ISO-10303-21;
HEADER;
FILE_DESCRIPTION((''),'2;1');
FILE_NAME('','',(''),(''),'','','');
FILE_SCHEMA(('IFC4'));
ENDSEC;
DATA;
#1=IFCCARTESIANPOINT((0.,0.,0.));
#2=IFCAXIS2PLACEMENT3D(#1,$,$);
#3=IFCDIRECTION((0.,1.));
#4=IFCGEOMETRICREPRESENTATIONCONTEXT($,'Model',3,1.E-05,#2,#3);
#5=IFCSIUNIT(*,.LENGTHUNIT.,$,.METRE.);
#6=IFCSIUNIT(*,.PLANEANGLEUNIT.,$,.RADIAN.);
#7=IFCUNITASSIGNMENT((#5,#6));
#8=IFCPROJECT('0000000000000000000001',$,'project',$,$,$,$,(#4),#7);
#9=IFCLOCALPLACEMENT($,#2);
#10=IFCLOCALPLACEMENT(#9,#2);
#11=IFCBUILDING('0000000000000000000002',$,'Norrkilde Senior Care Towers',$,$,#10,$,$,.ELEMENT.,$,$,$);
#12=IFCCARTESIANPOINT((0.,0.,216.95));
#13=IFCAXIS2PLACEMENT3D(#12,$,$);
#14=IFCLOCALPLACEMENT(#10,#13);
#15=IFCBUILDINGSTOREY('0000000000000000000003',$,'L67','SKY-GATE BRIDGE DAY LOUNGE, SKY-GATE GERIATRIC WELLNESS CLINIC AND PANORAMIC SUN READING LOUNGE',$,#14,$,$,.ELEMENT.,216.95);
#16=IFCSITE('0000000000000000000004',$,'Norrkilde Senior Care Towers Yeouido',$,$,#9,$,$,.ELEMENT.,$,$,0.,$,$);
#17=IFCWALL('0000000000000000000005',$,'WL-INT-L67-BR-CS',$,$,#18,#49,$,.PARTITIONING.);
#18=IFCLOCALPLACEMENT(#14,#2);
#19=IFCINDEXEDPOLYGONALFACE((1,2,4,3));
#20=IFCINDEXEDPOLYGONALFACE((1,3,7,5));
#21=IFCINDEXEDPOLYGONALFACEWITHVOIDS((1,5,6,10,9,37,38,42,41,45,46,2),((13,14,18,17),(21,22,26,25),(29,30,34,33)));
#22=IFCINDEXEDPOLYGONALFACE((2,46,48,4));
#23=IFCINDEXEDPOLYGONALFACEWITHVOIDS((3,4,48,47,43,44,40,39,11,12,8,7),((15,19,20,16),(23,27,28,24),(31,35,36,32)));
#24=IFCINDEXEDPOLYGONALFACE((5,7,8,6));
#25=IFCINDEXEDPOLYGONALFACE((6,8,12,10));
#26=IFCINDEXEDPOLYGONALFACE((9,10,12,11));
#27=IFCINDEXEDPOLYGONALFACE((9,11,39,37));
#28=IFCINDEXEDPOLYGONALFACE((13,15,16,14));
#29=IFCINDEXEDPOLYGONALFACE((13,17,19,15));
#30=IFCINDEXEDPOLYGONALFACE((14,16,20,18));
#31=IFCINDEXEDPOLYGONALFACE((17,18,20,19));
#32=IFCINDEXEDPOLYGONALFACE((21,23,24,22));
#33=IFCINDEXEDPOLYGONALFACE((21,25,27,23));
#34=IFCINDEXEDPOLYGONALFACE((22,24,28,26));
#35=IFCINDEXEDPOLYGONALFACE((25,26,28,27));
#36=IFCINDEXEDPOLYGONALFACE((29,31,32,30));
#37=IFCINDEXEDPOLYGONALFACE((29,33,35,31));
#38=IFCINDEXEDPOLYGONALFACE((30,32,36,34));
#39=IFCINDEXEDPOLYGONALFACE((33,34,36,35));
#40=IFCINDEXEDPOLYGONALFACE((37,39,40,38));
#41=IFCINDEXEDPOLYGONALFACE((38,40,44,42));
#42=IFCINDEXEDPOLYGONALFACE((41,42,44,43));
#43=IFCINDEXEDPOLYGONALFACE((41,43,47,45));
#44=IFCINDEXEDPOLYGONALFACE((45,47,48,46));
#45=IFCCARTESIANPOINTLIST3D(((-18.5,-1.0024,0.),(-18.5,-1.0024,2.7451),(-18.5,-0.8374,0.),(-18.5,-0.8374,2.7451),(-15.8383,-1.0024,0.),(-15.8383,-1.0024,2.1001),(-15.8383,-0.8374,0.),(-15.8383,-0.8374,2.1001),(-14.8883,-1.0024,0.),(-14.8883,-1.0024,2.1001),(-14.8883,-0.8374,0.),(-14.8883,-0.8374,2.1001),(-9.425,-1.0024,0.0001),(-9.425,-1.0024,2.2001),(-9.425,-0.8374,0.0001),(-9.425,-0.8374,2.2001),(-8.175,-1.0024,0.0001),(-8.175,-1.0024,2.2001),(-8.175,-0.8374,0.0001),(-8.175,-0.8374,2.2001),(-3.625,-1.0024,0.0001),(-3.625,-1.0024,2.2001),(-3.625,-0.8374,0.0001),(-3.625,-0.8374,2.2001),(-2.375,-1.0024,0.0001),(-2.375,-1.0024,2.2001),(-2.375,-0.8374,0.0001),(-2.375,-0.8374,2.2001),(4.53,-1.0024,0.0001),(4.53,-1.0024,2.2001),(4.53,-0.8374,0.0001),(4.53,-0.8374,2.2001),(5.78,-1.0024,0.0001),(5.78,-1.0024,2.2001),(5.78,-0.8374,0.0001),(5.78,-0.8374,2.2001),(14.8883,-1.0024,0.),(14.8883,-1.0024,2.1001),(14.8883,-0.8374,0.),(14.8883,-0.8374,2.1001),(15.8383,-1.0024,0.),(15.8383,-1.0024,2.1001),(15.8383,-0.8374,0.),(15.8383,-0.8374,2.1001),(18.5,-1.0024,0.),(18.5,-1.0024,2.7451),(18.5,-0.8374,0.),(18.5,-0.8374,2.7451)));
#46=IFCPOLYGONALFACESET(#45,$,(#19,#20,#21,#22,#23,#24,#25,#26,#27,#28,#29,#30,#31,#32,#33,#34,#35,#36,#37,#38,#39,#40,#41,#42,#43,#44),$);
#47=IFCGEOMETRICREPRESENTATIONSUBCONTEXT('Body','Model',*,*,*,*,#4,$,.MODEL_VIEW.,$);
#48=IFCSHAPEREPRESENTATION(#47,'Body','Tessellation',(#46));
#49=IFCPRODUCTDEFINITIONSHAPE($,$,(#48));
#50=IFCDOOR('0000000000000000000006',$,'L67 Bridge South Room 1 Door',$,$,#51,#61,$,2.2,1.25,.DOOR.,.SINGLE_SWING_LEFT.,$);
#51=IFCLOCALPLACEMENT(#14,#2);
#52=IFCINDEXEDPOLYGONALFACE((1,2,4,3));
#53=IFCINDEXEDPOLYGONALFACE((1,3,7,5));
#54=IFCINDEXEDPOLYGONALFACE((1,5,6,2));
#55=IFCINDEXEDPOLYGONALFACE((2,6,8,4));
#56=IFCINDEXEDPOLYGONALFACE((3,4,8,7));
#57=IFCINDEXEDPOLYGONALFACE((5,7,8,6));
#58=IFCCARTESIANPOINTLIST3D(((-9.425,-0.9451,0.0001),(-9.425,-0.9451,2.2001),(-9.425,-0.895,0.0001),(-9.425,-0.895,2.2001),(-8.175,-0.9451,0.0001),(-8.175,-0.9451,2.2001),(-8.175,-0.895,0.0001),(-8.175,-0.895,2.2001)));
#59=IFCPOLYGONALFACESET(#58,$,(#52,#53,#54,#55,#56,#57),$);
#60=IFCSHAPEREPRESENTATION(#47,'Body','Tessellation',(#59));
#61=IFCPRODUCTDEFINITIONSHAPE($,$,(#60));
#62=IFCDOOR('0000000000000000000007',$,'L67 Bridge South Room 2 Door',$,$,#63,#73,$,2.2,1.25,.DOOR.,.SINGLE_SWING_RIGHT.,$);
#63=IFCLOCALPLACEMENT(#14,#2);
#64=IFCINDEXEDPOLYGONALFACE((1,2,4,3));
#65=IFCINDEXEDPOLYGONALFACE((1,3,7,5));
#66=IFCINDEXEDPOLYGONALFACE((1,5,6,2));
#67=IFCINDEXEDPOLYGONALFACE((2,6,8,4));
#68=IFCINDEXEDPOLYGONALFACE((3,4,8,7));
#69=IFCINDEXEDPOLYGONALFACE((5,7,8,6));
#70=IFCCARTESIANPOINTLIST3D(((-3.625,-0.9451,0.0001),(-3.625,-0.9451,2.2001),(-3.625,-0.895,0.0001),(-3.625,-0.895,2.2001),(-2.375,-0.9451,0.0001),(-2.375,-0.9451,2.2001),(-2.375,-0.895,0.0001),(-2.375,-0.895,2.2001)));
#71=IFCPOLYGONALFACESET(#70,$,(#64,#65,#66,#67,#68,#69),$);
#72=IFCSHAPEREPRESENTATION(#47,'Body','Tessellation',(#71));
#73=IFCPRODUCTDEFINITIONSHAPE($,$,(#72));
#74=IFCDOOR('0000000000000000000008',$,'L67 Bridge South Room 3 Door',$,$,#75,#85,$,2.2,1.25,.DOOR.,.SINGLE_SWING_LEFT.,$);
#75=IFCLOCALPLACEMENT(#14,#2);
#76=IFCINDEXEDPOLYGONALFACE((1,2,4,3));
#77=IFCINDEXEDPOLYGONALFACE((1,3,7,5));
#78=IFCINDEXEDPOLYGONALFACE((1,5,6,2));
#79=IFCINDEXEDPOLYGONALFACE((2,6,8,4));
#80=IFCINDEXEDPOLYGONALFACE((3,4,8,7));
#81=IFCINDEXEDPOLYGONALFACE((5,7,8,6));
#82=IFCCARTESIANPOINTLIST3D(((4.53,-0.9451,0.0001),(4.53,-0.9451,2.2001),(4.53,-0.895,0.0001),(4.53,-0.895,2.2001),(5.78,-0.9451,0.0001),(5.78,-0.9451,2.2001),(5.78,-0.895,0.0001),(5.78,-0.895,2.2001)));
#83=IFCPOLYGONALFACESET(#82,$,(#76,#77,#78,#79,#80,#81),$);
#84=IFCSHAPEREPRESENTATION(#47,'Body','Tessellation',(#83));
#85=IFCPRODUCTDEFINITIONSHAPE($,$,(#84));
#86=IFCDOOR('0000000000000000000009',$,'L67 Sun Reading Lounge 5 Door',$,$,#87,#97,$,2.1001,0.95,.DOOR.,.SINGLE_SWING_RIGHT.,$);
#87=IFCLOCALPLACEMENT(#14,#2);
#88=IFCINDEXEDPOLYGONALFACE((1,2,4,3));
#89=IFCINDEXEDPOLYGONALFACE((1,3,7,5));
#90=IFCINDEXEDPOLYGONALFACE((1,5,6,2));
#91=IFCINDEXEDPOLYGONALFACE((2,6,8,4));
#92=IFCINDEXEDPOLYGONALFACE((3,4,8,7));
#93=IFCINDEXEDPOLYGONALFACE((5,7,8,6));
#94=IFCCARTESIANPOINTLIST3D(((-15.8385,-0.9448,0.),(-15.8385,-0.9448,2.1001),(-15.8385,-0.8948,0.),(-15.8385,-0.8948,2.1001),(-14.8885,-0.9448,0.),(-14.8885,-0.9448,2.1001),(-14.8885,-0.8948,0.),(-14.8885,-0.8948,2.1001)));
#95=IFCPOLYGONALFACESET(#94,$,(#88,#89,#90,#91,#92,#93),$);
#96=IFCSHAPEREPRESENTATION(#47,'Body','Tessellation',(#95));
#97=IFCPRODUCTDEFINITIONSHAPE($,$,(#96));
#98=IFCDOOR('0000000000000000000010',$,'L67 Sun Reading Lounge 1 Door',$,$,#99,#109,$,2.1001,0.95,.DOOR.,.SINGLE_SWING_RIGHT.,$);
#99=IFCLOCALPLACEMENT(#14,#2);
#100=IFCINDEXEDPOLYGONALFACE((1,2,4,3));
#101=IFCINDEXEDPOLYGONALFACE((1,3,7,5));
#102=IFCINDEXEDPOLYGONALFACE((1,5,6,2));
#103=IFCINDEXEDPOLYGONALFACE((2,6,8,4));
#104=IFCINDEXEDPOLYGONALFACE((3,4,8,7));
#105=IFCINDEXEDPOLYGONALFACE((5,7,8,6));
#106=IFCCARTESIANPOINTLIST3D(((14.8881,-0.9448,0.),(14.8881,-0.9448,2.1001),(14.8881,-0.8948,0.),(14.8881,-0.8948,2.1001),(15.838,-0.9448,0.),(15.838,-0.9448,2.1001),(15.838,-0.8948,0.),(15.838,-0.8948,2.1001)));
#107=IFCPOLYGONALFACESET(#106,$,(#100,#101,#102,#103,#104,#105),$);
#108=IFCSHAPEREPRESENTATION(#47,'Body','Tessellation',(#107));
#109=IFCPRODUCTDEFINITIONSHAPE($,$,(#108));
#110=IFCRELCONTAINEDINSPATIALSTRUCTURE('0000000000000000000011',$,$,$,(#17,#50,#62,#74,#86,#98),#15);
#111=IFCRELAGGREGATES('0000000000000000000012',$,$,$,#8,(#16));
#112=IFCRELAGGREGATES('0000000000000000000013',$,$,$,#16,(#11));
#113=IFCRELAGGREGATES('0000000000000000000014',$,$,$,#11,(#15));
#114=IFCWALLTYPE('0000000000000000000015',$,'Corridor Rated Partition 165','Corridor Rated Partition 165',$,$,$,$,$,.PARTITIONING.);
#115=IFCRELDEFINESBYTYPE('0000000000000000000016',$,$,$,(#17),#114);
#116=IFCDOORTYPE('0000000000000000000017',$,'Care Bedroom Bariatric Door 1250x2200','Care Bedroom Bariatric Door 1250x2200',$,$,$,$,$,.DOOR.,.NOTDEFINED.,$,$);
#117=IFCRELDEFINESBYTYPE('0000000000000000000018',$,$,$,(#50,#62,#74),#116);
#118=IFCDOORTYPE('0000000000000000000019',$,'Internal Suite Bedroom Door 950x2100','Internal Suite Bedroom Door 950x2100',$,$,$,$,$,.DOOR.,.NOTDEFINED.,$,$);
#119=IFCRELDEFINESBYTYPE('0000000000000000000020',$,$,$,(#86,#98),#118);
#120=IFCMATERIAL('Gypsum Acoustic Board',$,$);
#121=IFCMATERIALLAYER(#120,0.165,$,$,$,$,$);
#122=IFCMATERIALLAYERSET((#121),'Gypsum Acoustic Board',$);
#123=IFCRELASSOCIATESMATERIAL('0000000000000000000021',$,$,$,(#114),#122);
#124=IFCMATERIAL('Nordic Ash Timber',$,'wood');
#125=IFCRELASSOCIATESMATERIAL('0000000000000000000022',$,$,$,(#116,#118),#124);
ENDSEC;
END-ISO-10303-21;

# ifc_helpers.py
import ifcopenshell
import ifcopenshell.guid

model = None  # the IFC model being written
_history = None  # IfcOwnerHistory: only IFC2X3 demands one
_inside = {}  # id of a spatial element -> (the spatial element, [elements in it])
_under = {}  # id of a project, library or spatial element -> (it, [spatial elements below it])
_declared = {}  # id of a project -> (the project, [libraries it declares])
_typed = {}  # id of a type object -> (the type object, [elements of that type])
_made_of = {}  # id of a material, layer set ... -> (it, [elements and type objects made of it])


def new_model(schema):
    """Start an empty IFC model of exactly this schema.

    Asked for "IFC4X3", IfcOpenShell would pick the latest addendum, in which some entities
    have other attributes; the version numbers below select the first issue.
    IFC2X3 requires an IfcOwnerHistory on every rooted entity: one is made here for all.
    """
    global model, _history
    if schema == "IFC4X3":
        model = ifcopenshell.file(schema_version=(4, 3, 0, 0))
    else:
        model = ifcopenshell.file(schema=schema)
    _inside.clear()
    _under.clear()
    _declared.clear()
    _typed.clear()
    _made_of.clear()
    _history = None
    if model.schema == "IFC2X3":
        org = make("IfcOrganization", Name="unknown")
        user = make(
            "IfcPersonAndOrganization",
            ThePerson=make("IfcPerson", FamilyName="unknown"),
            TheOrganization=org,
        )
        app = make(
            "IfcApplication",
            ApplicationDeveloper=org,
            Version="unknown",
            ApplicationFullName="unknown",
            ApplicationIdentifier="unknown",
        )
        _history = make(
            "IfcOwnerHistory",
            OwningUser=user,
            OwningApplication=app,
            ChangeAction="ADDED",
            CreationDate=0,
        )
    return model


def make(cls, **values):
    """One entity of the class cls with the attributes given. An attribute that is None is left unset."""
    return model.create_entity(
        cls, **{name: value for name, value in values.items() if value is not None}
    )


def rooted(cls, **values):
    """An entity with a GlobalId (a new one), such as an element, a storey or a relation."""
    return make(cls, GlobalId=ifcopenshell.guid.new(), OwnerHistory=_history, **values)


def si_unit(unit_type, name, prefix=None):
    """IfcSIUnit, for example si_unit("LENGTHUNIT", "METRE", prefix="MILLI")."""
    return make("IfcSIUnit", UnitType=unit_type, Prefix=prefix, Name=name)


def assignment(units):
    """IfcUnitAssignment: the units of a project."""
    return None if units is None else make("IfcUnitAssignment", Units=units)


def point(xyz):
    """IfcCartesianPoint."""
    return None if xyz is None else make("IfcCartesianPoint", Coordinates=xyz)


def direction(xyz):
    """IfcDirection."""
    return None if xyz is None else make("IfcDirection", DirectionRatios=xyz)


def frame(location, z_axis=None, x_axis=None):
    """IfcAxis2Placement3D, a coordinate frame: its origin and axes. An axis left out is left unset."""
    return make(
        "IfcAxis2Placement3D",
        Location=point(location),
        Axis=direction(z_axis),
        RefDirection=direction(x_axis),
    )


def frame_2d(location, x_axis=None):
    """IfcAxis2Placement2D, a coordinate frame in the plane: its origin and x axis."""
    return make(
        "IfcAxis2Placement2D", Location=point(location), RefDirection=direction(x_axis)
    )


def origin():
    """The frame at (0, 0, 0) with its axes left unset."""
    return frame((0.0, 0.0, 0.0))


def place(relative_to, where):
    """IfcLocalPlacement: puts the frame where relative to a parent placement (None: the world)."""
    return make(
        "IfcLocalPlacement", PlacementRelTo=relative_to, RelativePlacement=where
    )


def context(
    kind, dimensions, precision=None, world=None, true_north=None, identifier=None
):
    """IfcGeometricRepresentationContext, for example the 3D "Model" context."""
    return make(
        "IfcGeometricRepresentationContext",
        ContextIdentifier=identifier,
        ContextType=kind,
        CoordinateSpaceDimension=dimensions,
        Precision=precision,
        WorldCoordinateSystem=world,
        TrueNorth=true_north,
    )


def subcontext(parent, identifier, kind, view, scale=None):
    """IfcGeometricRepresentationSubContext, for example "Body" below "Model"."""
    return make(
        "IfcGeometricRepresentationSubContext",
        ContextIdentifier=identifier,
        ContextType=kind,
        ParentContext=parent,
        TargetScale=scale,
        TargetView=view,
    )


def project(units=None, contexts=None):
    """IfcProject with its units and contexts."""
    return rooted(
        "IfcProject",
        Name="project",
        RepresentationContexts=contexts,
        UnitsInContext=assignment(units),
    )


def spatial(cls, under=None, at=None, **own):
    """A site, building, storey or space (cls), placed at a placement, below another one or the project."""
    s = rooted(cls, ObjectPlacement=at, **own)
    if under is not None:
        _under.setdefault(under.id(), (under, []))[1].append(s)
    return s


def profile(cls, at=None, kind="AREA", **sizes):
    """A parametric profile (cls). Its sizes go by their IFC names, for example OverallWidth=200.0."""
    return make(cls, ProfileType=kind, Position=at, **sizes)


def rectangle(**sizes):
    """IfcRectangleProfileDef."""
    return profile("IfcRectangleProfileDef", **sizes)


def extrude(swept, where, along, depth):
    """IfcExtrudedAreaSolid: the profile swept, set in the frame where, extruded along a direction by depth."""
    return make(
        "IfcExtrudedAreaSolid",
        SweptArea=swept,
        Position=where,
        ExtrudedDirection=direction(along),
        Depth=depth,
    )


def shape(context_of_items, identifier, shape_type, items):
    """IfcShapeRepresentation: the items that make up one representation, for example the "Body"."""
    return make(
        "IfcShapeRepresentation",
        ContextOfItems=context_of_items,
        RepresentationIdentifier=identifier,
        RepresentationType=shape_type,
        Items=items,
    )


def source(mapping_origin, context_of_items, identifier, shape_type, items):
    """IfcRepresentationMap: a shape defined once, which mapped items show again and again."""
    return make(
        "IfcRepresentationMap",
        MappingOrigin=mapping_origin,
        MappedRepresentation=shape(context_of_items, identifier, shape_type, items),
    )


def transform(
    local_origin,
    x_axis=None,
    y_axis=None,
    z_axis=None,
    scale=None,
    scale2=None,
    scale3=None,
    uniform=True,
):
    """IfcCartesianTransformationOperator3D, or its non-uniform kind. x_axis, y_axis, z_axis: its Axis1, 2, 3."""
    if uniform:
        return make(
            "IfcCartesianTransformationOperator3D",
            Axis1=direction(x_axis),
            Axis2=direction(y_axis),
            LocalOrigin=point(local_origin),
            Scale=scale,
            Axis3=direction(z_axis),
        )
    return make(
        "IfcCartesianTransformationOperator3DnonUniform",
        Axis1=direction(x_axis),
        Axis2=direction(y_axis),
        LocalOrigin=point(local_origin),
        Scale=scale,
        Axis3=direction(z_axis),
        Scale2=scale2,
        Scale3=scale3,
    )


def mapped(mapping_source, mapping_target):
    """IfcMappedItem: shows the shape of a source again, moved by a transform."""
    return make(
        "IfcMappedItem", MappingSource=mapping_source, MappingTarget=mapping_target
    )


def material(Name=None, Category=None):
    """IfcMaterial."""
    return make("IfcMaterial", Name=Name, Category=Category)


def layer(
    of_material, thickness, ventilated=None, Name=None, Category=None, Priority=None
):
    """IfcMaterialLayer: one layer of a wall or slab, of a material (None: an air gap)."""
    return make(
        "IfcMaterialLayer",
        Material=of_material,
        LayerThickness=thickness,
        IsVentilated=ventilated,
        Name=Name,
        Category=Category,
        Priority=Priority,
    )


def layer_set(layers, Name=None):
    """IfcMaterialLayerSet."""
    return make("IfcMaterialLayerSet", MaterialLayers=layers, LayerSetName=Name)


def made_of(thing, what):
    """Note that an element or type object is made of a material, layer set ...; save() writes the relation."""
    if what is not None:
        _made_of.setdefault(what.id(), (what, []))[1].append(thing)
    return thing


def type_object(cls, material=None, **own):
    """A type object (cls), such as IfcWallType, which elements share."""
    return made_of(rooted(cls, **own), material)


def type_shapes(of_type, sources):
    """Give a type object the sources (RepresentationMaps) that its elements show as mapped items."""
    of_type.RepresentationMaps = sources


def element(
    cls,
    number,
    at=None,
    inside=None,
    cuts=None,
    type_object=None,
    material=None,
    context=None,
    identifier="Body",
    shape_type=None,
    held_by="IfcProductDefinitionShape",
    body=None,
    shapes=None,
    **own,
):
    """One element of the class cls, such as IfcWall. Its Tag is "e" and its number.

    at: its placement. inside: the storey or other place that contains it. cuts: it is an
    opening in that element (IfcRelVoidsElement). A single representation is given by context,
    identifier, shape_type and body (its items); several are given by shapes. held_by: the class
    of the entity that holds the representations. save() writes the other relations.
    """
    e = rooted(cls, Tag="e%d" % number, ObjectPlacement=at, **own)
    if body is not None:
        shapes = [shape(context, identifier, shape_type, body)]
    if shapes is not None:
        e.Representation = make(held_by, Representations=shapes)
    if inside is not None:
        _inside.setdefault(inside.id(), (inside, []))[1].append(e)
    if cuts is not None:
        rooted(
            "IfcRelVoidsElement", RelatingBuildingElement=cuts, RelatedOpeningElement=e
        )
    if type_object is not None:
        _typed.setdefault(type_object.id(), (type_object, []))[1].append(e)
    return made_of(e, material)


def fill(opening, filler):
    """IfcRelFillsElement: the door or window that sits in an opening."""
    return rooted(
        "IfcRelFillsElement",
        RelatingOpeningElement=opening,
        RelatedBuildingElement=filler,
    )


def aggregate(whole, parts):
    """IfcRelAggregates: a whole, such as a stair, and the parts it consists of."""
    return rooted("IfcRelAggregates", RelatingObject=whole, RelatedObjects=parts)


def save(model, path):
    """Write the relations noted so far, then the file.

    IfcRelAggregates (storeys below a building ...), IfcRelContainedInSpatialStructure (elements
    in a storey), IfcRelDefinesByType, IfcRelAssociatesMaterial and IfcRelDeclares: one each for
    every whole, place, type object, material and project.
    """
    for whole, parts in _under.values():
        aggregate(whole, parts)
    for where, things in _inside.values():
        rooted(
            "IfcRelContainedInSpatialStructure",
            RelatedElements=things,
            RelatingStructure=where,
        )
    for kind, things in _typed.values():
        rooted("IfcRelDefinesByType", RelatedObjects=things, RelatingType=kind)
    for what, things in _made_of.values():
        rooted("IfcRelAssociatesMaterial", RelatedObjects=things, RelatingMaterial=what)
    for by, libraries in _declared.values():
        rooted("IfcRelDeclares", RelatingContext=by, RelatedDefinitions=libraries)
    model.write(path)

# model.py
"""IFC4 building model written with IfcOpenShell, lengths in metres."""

from ifc_helpers import new_model, si_unit, direction, frame, frame_2d, origin, place, context, subcontext, project, spatial, rectangle, extrude, source, transform, mapped, material, layer, layer_set, type_object, type_shapes, element, fill, save


model = new_model("IFC4")

# Units and contexts
model_context = context("Model", 3, precision=1e-05, world=origin(), true_north=direction((0.0, 1.0)))
body_context = subcontext(model_context, "Body", "Model", "MODEL_VIEW")
ifc_project = project(units=[si_unit("LENGTHUNIT", "METRE"), si_unit("PLANEANGLEUNIT", "RADIAN")], contexts=[model_context])

# Site, building, storey
site_placement = place(None, origin())
site = spatial("IfcSite", under=ifc_project, at=site_placement, Name="Norrkilde Senior Care Towers Yeouido", CompositionType="ELEMENT", RefElevation=0.0)
building_placement = place(site_placement, origin())
building = spatial("IfcBuilding", under=site, at=building_placement, Name="Norrkilde Senior Care Towers", CompositionType="ELEMENT")
storey_placement = place(building_placement, frame((0.0, 0.0, 216.95)))
storey = spatial("IfcBuildingStorey", under=building, at=storey_placement, Name="L67", Description="SKY-GATE BRIDGE DAY LOUNGE, SKY-GATE GERIATRIC WELLNESS CLINIC AND PANORAMIC SUN READING LOUNGE", CompositionType="ELEMENT", Elevation=216.95)

# Shared definitions
ifc_material_1 = material(Name="Gypsum Acoustic Board")
ifc_layer_1 = layer(ifc_material_1, 0.165)
ifc_layer_set_1 = layer_set([ifc_layer_1], Name="Gypsum Acoustic Board")
wall_type_1 = type_object("IfcWallType", Name="Corridor Rated Partition 165", Description="Corridor Rated Partition 165", PredefinedType="PARTITIONING", material=ifc_layer_set_1)

# Shared definitions
ifc_material_2 = material(Name="Nordic Ash Timber", Category="wood")
door_type_1 = type_object("IfcDoorType", Name="Care Bedroom Bariatric Door 1250x2200", Description="Care Bedroom Bariatric Door 1250x2200", OperationType="NOTDEFINED", PredefinedType="DOOR", material=ifc_material_2)
shared_shape_1 = source(origin(), body_context, "Body", "SweptSolid", [
    extrude(rectangle(XDim=1.25, YDim=2.2, at=frame_2d((0.625, 1.1001))), frame((0.0, 0.0249, 0.0), z_axis=(0.0, -1.0, 0.0), x_axis=(1.0, 0.0, 0.0)), (0.0, 0.0, 1.0), 0.05),
])
type_shapes(door_type_1, [shared_shape_1])

# Wall, openings, doors
shared_shape_2 = source(origin(), body_context, "Body", "SweptSolid", [
    extrude(rectangle(XDim=37.0, YDim=0.165, at=frame_2d((18.5, 0.0))), origin(), (0.0, 0.0, 1.0), 2.7451),
])
wall_1_placement = place(storey_placement, frame((-18.5, -0.9199, 0.0), z_axis=(0.0, 0.0, 1.0), x_axis=(1.0, 0.0, 0.0)))
wall_1 = element("IfcWall", 1, at=wall_1_placement, inside=storey, type_object=wall_type_1, Name="WL-INT-L67-BR-CS", PredefinedType="PARTITIONING", context=body_context, shape_type="MappedRepresentation", body=[
    mapped(shared_shape_2, transform((0.0, 0.0, 0.0), x_axis=(1.0, 0.0, 0.0), y_axis=(0.0, 1.0, 0.0), z_axis=(0.0, 0.0, 1.0), scale=1.0)),
])
opening_1_placement = place(wall_1_placement, frame((2.6616, 0.0, 0.0)))
opening_1 = element("IfcOpeningElement", 2, at=opening_1_placement, cuts=wall_1, PredefinedType="OPENING", context=body_context, shape_type="SweptSolid", body=[
    extrude(rectangle(XDim=0.95, YDim=2.1001, at=frame_2d((0.4751, 1.05))), frame((0.0, 0.0925, 0.0), z_axis=(0.0, -1.0, 0.0), x_axis=(1.0, 0.0, 0.0)), (0.0, 0.0, 1.0), 0.1851),
])
opening_2_placement = place(wall_1_placement, frame((33.3882, 0.0, 0.0)))
opening_2 = element("IfcOpeningElement", 3, at=opening_2_placement, cuts=wall_1, PredefinedType="OPENING", context=body_context, shape_type="SweptSolid", body=[
    extrude(rectangle(XDim=0.95, YDim=2.1001, at=frame_2d((0.4751, 1.05))), frame((0.0, 0.0925, 0.0), z_axis=(0.0, -1.0, 0.0), x_axis=(1.0, 0.0, 0.0)), (0.0, 0.0, 1.0), 0.1851),
])
opening_3_placement = place(wall_1_placement, frame((9.075, 0.0, 0.0)))
opening_3 = element("IfcOpeningElement", 4, at=opening_3_placement, cuts=wall_1, PredefinedType="OPENING", context=body_context, shape_type="SweptSolid", body=[
    extrude(rectangle(XDim=1.25, YDim=2.2, at=frame_2d((0.625, 1.1001))), frame((0.0, 0.0925, 0.0), z_axis=(0.0, -1.0, 0.0), x_axis=(1.0, 0.0, 0.0)), (0.0, 0.0, 1.0), 0.1851),
])
opening_4_placement = place(wall_1_placement, frame((14.875, 0.0, 0.0)))
opening_4 = element("IfcOpeningElement", 5, at=opening_4_placement, cuts=wall_1, PredefinedType="OPENING", context=body_context, shape_type="SweptSolid", body=[
    extrude(rectangle(XDim=1.25, YDim=2.2, at=frame_2d((0.625, 1.1001))), frame((0.0, 0.0925, 0.0), z_axis=(0.0, -1.0, 0.0), x_axis=(1.0, 0.0, 0.0)), (0.0, 0.0, 1.0), 0.1851),
])
opening_5_placement = place(wall_1_placement, frame((23.03, 0.0, 0.0)))
opening_5 = element("IfcOpeningElement", 6, at=opening_5_placement, cuts=wall_1, PredefinedType="OPENING", context=body_context, shape_type="SweptSolid", body=[
    extrude(rectangle(XDim=1.25, YDim=2.2, at=frame_2d((0.625, 1.1001))), frame((0.0, 0.0925, 0.0), z_axis=(0.0, -1.0, 0.0), x_axis=(1.0, 0.0, 0.0)), (0.0, 0.0, 1.0), 0.1851),
])
door_1_placement = place(opening_3_placement, origin())
door_1 = element("IfcDoor", 7, at=door_1_placement, inside=storey, type_object=door_type_1, Name="L67 Bridge South Room 1 Door", OperationType="SINGLE_SWING_LEFT", OverallHeight=2.2, OverallWidth=1.25, PredefinedType="DOOR", context=body_context, shape_type="MappedRepresentation", body=[
    mapped(shared_shape_1, transform((0.0, 0.0, 0.0), x_axis=(1.0, 0.0, 0.0), y_axis=(0.0, 1.0, 0.0), z_axis=(0.0, 0.0, 1.0), scale=1.0)),
])
fill(opening_3, door_1)
door_2_placement = place(opening_4_placement, origin())
door_2 = element("IfcDoor", 8, at=door_2_placement, inside=storey, type_object=door_type_1, Name="L67 Bridge South Room 2 Door", OperationType="SINGLE_SWING_RIGHT", OverallHeight=2.2, OverallWidth=1.25, PredefinedType="DOOR", context=body_context, shape_type="MappedRepresentation", body=[
    mapped(shared_shape_1, transform((0.0, 0.0, 0.0), x_axis=(1.0, 0.0, 0.0), y_axis=(0.0, 1.0, 0.0), z_axis=(0.0, 0.0, 1.0), scale=1.0)),
])
fill(opening_4, door_2)
door_3_placement = place(opening_5_placement, origin())
door_3 = element("IfcDoor", 9, at=door_3_placement, inside=storey, type_object=door_type_1, Name="L67 Bridge South Room 3 Door", OperationType="SINGLE_SWING_LEFT", OverallHeight=2.2, OverallWidth=1.25, PredefinedType="DOOR", context=body_context, shape_type="MappedRepresentation", body=[
    mapped(shared_shape_1, transform((0.0, 0.0, 0.0), x_axis=(1.0, 0.0, 0.0), y_axis=(0.0, 1.0, 0.0), z_axis=(0.0, 0.0, 1.0), scale=1.0)),
])
fill(opening_5, door_3)
door_type_2 = type_object("IfcDoorType", Name="Internal Suite Bedroom Door 950x2100", Description="Internal Suite Bedroom Door 950x2100", OperationType="NOTDEFINED", PredefinedType="DOOR", material=ifc_material_2)
shared_shape_3 = source(origin(), body_context, "Body", "SweptSolid", [
    extrude(rectangle(XDim=0.95, YDim=2.1001, at=frame_2d((0.4751, 1.05))), frame((0.0, 0.0249, 0.0), z_axis=(0.0, -1.0, 0.0), x_axis=(1.0, 0.0, 0.0)), (0.0, 0.0, 1.0), 0.05),
])
type_shapes(door_type_2, [shared_shape_3])
door_4_placement = place(opening_1_placement, frame((0.95, 0.0, 0.0), z_axis=(0.0, 0.0, 1.0), x_axis=(-1.0, 0.0, 0.0)))
door_4 = element("IfcDoor", 10, at=door_4_placement, inside=storey, type_object=door_type_2, Name="L67 Sun Reading Lounge 5 Door", OperationType="SINGLE_SWING_RIGHT", OverallHeight=2.1001, OverallWidth=0.95, PredefinedType="DOOR", context=body_context, shape_type="MappedRepresentation", body=[
    mapped(shared_shape_3, transform((0.0, 0.0, 0.0), x_axis=(1.0, 0.0, 0.0), y_axis=(0.0, 1.0, 0.0), z_axis=(0.0, 0.0, 1.0), scale=1.0)),
])
fill(opening_1, door_4)
door_5_placement = place(opening_2_placement, frame((0.95, 0.0, 0.0), z_axis=(0.0, 0.0, 1.0), x_axis=(-1.0, 0.0, 0.0)))
door_5 = element("IfcDoor", 11, at=door_5_placement, inside=storey, type_object=door_type_2, Name="L67 Sun Reading Lounge 1 Door", OperationType="SINGLE_SWING_RIGHT", OverallHeight=2.1001, OverallWidth=0.95, PredefinedType="DOOR", context=body_context, shape_type="MappedRepresentation", body=[
    mapped(shared_shape_3, transform((0.0, 0.0, 0.0), x_axis=(1.0, 0.0, 0.0), y_axis=(0.0, 1.0, 0.0), z_axis=(0.0, 0.0, 1.0), scale=1.0)),
])
fill(opening_2, door_5)

save(model, "model.ifc")
